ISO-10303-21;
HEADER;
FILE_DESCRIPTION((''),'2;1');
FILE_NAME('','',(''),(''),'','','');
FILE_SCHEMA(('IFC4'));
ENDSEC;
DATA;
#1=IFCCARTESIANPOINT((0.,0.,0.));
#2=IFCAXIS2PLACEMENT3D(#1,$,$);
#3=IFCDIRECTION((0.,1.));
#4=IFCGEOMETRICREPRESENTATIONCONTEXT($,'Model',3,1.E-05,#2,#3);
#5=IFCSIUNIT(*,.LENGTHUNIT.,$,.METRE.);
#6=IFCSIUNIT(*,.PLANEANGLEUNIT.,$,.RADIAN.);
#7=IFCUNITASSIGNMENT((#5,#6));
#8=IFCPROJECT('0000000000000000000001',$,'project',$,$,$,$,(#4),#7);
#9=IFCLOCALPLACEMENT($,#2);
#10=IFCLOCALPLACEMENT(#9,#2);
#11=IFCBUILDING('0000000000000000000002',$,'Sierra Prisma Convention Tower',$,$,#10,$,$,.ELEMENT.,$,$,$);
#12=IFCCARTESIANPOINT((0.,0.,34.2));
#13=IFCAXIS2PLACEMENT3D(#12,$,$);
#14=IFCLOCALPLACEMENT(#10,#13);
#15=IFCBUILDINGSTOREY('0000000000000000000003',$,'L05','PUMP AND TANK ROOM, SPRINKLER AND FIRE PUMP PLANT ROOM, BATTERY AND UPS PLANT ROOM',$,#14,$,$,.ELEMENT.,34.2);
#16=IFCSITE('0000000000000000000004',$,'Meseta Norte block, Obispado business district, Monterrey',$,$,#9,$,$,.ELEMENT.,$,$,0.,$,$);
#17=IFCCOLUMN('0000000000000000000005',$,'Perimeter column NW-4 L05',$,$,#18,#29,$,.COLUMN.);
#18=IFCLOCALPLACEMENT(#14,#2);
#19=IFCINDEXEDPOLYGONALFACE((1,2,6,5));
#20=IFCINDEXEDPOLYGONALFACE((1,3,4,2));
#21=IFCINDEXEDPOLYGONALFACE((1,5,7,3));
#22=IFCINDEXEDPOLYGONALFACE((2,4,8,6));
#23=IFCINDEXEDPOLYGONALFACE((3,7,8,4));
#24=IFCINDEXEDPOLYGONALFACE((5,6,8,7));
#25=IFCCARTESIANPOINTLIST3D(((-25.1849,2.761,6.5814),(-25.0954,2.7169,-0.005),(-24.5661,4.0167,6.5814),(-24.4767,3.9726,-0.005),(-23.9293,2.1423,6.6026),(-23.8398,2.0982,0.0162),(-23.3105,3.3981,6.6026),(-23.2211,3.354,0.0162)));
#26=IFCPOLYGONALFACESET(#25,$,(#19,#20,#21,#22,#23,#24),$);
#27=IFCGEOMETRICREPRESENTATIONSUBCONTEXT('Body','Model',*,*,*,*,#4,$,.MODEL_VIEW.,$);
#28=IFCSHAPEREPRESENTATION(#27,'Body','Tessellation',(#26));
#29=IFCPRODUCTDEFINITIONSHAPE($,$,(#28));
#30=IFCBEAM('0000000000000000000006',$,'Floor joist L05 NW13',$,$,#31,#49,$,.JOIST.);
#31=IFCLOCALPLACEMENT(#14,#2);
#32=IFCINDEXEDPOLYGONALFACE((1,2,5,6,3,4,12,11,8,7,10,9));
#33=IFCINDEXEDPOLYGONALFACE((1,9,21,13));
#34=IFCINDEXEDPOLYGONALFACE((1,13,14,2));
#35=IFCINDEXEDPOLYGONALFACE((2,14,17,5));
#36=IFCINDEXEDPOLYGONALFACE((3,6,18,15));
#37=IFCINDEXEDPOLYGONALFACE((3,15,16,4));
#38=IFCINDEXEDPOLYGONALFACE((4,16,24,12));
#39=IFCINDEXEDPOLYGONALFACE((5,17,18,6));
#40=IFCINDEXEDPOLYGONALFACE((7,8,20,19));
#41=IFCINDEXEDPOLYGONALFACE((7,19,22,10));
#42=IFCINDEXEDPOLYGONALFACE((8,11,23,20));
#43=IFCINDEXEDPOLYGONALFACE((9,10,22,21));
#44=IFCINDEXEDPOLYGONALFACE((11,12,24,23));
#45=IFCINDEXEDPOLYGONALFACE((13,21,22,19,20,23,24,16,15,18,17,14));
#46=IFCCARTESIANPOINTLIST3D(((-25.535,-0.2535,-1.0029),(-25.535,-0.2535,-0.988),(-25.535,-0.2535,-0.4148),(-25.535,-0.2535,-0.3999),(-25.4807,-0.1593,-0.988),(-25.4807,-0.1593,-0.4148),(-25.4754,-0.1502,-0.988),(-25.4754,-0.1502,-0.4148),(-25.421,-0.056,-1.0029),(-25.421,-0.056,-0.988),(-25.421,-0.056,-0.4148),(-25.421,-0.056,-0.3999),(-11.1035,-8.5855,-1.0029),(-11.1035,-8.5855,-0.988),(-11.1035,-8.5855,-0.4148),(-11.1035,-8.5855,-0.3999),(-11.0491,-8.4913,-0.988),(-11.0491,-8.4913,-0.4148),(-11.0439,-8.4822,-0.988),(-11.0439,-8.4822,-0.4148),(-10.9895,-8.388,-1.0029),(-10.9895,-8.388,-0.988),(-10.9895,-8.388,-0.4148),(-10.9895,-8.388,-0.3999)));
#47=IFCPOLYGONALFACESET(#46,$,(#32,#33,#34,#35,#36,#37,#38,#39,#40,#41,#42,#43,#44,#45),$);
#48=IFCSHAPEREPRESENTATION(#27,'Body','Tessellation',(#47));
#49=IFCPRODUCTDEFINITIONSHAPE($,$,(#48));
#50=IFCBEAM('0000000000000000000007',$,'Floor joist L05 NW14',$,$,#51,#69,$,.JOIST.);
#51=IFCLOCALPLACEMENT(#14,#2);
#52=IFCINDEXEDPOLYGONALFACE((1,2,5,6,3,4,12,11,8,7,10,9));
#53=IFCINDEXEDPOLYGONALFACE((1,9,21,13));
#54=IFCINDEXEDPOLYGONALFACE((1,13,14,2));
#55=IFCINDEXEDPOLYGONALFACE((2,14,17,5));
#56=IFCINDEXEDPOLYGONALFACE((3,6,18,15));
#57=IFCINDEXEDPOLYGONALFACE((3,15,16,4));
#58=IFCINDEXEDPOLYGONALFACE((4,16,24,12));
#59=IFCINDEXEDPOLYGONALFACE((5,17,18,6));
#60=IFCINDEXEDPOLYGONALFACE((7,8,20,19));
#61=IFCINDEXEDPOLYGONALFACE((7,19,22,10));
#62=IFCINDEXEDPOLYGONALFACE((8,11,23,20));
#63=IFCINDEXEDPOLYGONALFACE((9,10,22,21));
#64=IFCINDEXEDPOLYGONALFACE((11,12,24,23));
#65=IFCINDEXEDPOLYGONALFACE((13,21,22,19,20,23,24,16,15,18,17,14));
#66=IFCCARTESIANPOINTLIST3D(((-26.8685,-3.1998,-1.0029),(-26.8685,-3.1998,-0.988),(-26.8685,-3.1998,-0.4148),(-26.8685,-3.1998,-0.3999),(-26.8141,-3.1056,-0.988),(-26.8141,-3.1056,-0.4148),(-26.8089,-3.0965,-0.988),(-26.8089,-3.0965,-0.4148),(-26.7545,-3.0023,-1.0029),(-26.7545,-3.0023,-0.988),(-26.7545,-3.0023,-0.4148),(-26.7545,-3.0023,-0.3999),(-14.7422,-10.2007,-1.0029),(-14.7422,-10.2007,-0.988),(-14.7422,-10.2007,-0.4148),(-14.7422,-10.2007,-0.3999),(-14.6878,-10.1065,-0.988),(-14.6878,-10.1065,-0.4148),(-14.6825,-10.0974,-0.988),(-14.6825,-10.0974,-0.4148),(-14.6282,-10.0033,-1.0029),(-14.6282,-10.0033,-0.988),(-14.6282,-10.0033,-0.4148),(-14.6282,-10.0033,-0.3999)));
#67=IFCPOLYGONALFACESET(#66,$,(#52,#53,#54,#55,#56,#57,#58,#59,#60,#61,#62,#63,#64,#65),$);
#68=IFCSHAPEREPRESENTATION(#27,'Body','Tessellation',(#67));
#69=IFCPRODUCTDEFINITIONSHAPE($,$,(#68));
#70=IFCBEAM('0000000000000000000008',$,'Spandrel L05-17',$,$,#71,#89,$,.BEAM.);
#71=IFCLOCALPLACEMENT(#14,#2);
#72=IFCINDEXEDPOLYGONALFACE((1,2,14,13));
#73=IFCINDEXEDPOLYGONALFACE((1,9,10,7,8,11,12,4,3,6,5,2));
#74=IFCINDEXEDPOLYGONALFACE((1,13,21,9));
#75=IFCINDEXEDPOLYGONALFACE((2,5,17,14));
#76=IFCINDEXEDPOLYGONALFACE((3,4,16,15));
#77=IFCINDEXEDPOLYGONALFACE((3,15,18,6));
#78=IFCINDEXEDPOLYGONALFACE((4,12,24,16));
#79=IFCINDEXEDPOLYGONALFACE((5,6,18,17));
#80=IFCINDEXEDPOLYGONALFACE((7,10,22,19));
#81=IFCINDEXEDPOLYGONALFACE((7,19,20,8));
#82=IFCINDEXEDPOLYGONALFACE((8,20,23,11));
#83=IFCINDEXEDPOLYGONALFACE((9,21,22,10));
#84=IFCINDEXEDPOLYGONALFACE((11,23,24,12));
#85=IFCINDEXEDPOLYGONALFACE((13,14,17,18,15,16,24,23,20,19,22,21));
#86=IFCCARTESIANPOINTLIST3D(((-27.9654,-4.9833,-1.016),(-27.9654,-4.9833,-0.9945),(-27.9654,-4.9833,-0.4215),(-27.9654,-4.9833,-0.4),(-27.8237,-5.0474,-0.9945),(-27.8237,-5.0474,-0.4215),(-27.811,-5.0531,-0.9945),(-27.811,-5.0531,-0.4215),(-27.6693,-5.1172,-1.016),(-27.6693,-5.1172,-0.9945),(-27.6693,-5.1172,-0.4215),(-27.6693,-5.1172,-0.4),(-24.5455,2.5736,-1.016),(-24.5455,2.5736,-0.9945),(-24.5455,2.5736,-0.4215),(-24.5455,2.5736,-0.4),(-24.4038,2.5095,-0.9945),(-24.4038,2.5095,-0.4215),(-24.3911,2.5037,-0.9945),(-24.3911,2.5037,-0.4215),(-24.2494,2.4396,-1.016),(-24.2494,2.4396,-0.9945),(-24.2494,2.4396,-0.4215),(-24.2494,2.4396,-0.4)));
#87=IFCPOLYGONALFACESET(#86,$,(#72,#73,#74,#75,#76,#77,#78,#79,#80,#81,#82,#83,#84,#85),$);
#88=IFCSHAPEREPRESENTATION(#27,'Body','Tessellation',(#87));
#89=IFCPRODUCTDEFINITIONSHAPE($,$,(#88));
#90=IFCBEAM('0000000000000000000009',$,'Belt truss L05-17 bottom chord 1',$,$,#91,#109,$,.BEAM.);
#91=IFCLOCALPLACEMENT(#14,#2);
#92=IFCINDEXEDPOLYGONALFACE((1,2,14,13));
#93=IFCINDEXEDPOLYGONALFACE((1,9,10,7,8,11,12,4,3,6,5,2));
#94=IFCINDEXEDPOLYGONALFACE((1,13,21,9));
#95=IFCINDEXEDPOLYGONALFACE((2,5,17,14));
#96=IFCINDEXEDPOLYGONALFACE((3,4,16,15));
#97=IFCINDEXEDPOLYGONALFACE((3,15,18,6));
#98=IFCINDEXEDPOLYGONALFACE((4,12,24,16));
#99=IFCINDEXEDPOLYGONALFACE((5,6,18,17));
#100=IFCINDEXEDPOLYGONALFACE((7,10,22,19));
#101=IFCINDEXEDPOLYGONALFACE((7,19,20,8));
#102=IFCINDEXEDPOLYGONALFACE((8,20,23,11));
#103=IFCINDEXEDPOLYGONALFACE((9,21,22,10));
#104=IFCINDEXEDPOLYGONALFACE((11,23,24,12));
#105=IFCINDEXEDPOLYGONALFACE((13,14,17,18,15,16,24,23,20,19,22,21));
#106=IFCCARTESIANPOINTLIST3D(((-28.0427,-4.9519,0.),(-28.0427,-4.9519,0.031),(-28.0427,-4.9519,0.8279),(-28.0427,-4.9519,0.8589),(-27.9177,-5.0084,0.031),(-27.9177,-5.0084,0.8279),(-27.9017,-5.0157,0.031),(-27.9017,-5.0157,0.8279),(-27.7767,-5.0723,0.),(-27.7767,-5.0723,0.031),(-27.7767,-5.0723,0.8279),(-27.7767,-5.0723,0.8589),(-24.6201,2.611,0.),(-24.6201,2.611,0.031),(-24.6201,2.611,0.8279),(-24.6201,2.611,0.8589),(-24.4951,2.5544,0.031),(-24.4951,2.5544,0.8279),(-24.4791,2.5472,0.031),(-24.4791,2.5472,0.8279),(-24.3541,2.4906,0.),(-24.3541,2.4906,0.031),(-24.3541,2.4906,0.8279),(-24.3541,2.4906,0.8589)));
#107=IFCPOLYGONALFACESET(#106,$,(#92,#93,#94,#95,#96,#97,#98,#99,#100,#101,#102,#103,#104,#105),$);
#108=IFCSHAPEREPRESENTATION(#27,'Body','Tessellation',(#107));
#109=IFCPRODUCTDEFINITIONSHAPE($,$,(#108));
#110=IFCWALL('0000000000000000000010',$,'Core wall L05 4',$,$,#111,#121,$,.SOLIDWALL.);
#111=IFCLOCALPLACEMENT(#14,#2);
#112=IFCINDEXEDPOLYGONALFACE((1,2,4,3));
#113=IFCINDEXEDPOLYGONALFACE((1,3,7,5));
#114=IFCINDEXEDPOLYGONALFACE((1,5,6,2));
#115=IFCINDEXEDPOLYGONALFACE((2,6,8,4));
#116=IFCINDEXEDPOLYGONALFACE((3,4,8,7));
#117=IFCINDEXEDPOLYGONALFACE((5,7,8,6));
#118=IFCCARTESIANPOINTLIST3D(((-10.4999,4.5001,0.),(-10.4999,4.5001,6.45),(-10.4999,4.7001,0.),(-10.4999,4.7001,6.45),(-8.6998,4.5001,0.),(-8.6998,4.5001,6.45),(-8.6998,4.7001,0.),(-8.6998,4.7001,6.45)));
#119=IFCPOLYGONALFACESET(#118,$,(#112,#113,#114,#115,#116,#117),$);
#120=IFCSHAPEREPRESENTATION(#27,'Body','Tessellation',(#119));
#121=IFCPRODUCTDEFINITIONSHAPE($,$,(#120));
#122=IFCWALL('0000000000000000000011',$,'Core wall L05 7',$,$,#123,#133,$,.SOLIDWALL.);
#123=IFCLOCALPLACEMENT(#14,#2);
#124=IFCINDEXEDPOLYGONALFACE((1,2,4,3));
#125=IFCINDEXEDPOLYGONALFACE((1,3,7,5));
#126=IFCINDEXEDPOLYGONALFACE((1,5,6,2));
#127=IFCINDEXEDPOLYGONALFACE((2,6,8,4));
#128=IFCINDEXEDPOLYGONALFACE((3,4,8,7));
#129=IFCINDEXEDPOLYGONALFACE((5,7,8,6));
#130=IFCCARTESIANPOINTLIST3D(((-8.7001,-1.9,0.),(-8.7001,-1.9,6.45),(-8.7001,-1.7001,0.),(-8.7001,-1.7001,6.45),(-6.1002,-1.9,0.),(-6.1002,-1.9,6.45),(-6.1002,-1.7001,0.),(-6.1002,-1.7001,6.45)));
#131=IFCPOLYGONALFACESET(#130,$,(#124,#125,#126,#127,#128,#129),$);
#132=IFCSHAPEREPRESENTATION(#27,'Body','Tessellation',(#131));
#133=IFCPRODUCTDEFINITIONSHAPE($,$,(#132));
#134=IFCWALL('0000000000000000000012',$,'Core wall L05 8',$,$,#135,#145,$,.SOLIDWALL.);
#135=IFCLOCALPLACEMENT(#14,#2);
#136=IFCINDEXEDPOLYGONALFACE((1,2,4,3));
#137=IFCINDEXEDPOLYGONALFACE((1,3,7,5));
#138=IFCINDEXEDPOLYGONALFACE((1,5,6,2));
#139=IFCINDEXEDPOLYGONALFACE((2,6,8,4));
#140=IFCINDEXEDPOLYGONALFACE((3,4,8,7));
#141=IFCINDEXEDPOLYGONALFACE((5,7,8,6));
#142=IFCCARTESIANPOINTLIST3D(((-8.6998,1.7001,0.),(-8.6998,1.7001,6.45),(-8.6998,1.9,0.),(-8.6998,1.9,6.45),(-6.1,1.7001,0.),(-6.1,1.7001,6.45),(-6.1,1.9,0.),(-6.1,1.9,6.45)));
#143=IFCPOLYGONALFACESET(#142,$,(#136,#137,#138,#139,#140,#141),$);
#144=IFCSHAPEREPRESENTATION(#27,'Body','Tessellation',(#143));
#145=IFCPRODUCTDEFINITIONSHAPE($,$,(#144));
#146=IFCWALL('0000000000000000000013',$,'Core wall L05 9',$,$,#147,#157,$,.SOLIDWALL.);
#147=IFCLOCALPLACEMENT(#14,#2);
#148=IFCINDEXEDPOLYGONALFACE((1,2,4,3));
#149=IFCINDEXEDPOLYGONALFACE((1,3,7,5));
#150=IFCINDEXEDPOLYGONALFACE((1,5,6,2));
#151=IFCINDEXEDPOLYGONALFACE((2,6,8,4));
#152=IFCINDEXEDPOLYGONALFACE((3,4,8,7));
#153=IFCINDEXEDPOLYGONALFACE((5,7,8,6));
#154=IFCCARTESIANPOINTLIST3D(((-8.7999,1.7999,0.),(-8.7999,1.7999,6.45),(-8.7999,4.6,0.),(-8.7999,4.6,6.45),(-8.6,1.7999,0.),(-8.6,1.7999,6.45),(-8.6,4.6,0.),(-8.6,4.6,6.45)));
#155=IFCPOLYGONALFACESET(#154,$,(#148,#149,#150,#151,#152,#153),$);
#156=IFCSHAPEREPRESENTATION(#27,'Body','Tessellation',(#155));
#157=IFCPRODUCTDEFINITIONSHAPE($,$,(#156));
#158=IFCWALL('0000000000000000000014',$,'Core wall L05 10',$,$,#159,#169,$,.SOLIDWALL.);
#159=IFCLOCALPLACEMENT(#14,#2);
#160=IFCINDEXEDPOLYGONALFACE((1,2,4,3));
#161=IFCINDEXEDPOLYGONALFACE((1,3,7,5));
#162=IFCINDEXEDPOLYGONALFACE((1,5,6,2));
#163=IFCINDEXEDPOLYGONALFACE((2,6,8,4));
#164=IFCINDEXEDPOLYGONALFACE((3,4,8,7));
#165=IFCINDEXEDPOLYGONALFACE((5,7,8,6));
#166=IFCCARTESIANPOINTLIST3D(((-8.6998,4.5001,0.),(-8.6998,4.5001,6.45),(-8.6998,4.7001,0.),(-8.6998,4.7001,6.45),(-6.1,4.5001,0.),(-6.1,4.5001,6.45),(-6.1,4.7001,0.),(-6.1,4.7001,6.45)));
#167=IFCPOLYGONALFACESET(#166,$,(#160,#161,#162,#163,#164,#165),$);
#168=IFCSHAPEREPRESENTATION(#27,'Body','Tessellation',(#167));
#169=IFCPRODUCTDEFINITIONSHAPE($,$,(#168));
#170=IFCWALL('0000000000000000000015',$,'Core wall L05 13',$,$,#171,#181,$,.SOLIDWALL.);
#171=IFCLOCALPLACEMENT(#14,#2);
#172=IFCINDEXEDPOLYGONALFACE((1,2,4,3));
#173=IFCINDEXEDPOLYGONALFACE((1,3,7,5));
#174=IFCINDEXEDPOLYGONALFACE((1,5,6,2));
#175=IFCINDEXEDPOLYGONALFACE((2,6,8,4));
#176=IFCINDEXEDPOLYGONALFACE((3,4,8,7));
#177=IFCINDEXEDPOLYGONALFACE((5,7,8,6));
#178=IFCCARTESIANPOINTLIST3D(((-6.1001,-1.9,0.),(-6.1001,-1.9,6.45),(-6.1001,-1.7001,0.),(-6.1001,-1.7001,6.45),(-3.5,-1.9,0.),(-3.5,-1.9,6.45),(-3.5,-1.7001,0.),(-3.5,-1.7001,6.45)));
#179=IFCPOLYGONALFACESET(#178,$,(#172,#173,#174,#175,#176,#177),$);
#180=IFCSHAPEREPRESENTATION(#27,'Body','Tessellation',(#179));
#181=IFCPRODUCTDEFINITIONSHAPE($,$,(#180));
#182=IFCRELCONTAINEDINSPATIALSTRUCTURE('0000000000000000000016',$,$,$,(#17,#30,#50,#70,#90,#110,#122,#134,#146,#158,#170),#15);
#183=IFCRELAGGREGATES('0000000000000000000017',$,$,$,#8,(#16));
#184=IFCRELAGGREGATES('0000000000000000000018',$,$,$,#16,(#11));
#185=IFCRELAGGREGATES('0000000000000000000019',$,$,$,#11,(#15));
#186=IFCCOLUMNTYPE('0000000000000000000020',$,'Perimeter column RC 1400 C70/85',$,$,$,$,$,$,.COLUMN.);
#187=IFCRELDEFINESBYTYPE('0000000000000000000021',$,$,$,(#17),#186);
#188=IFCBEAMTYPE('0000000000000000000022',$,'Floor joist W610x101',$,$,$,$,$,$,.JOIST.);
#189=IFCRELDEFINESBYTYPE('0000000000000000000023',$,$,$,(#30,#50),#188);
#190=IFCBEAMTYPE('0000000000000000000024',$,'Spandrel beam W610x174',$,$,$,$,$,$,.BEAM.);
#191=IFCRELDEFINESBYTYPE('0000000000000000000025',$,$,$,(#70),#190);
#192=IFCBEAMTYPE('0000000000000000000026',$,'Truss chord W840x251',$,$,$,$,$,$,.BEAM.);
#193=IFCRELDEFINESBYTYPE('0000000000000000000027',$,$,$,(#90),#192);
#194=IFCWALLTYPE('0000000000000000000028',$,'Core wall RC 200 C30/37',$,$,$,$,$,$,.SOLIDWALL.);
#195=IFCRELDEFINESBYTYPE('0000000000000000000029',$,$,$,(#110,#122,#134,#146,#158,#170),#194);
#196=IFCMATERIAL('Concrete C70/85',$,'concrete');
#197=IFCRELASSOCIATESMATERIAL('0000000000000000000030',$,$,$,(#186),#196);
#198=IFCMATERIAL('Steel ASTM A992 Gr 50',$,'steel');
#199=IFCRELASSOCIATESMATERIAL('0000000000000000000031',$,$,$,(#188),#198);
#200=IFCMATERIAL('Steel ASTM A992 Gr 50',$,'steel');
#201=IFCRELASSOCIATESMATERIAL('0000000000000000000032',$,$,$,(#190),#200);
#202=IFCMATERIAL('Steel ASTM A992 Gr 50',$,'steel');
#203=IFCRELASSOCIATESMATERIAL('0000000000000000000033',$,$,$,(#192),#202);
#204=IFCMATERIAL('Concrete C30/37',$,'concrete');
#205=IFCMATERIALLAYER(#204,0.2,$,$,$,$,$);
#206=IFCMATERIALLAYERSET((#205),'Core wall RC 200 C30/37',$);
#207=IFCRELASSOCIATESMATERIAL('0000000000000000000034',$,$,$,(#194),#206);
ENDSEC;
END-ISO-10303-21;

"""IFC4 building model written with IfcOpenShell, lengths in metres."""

from ifc_helpers import new_model, si_unit, direction, frame, frame_2d, origin, origin_2d, place, context, subcontext, project, spatial, rectangle, i_section, extrude, clip, halfspace, material, layer, layer_set, material_profile, profile_set, type_object, element, save


model = new_model("IFC4")

# Units and contexts
model_context = context("Model", 3, precision=1e-05, world=origin(), true_north=direction((0.0, 1.0)))
body_context = subcontext(model_context, "Body", "Model", "MODEL_VIEW")
ifc_project = project(units=[si_unit("LENGTHUNIT", "METRE"), si_unit("PLANEANGLEUNIT", "RADIAN")], contexts=[model_context])

# Site, building, storey
site_placement = place(None, origin())
site = spatial("IfcSite", under=ifc_project, at=site_placement, Name="Meseta Norte block, Obispado business district, Monterrey", CompositionType="ELEMENT", RefElevation=0.0)
building_placement = place(site_placement, origin())
building = spatial("IfcBuilding", under=site, at=building_placement, Name="Sierra Prisma Convention Tower", CompositionType="ELEMENT")
storey_placement = place(building_placement, frame((0.0, 0.0, 34.2)))
storey = spatial("IfcBuildingStorey", under=building, at=storey_placement, Name="L05", Description="PUMP AND TANK ROOM, SPRINKLER AND FIRE PUMP PLANT ROOM, BATTERY AND UPS PLANT ROOM", CompositionType="ELEMENT", Elevation=34.2)

# Column
ifc_material_1 = material(Name="Concrete C70/85", Category="concrete")
ifc_material_profile_1 = material_profile(ifc_material_1, rectangle(XDim=1.3999, YDim=1.3999, at=origin_2d()), Name="Perimeter column RC 1400 C70/85")
ifc_profile_set_1 = profile_set([ifc_material_profile_1], Name="Concrete C70/85")
column_type = type_object("IfcColumnType", Name="Perimeter column RC 1400 C70/85", PredefinedType="COLUMN", material=ifc_profile_set_1)
column_placement = place(storey_placement, frame((-24.1582, 3.0354, 0.0), z_axis=(-0.013574, 0.006695, 0.999885), x_axis=(0.441982, 0.897024, -0.000006)))
element("IfcColumn", 1, at=column_placement, inside=storey, type_object=column_type, Name="Perimeter column NW-4 L05", PredefinedType="COLUMN", context=body_context, shape_type="SweptSolid", body=[
    clip(clip(extrude(rectangle(XDim=1.3999, YDim=1.3999, at=origin_2d()), origin(), (0.0, 0.0, 1.0), 6.6008), halfspace(frame((0.0, 0.0, 0.0056)), True)), halfspace(frame((0.0, 0.0, 6.5928)), False)),
])

# Beams
ifc_material_2 = material(Name="Steel ASTM A992 Gr 50", Category="steel")
ifc_material_profile_2 = material_profile(ifc_material_2, i_section(OverallWidth=0.228, OverallDepth=0.603, WebThickness=0.0105, FlangeThickness=0.0149, at=origin_2d()), Name="W610x101")
ifc_profile_set_2 = profile_set([ifc_material_profile_2], Name="Steel ASTM A992 Gr 50")
beam_type_1 = type_object("IfcBeamType", Name="Floor joist W610x101", PredefinedType="JOIST", material=ifc_profile_set_2)
beam_1_placement = place(storey_placement, frame((-25.478, -0.1548, -0.7014), z_axis=(0.866027, -0.499996, 0.0), x_axis=(0.499996, 0.866027, 0.0)))
element("IfcBeam", 2, at=beam_1_placement, inside=storey, type_object=beam_type_1, Name="Floor joist L05 NW13", PredefinedType="JOIST", context=body_context, shape_type="SweptSolid", body=[
    extrude(i_section(OverallWidth=0.228, OverallDepth=0.603, WebThickness=0.0105, FlangeThickness=0.0149, at=origin_2d()), origin(), (0.0, 0.0, 1.0), 16.6641),
])
beam_2_placement = place(storey_placement, frame((-26.8115, -3.1011, -0.7014), z_axis=(0.866033, -0.499987, 0.0), x_axis=(0.499987, 0.866033, 0.0)))
element("IfcBeam", 3, at=beam_2_placement, inside=storey, type_object=beam_type_1, Name="Floor joist L05 NW14", PredefinedType="JOIST", context=body_context, shape_type="SweptSolid", body=[
    extrude(i_section(OverallWidth=0.228, OverallDepth=0.603, WebThickness=0.0105, FlangeThickness=0.0149, at=origin_2d()), origin(), (0.0, 0.0, 1.0), 14.0022),
])
ifc_material_3 = material(Name="Steel ASTM A992 Gr 50", Category="steel")
ifc_material_profile_3 = material_profile(ifc_material_3, i_section(OverallWidth=0.325, OverallDepth=0.616, WebThickness=0.0139, FlangeThickness=0.0215, at=origin_2d()), Name="W610x174")
ifc_profile_set_3 = profile_set([ifc_material_profile_3], Name="Steel ASTM A992 Gr 50")
beam_type_2 = type_object("IfcBeamType", Name="Spandrel beam W610x174", PredefinedType="BEAM", material=ifc_profile_set_3)
beam_3_placement = place(storey_placement, frame((-24.3975, 2.5066, -0.708), z_axis=(-0.412301, -0.911048, 0.0), x_axis=(0.911048, -0.412301, 0.0)))
element("IfcBeam", 4, at=beam_3_placement, inside=storey, type_object=beam_type_2, Name="Spandrel L05-17", PredefinedType="BEAM", context=body_context, shape_type="SweptSolid", body=[
    extrude(i_section(OverallWidth=0.325, OverallDepth=0.616, WebThickness=0.0139, FlangeThickness=0.0215, at=origin_2d()), origin(), (0.0, 0.0, 1.0), 8.2947),
])
ifc_material_4 = material(Name="Steel ASTM A992 Gr 50", Category="steel")
ifc_material_profile_4 = material_profile(ifc_material_4, i_section(OverallWidth=0.292, OverallDepth=0.8589, WebThickness=0.0176, FlangeThickness=0.031, at=origin_2d()), Name="W840x251")
ifc_profile_set_4 = profile_set([ifc_material_profile_4], Name="Steel ASTM A992 Gr 50")
beam_type_3 = type_object("IfcBeamType", Name="Truss chord W840x251", PredefinedType="BEAM", material=ifc_profile_set_4)
beam_4_placement = place(storey_placement, frame((-24.4871, 2.5508, 0.4294), z_axis=(-0.412304, -0.911046, 0.0), x_axis=(0.911046, -0.412304, 0.0)))
element("IfcBeam", 5, at=beam_4_placement, inside=storey, type_object=beam_type_3, Name="Belt truss L05-17 bottom chord 1", PredefinedType="BEAM", context=body_context, shape_type="SweptSolid", body=[
    extrude(i_section(OverallWidth=0.292, OverallDepth=0.8589, WebThickness=0.0176, FlangeThickness=0.031, at=origin_2d()), origin(), (0.0, 0.0, 1.0), 8.3013),
])

# Shared definitions
ifc_material_5 = material(Name="Concrete C30/37", Category="concrete")
ifc_layer_1 = layer(ifc_material_5, 0.2)
ifc_layer_set_1 = layer_set([ifc_layer_1], Name="Core wall RC 200 C30/37")
wall_type_1 = type_object("IfcWallType", Name="Core wall RC 200 C30/37", PredefinedType="SOLIDWALL", material=ifc_layer_set_1)

# Walls
wall_1_placement = place(storey_placement, frame((-8.7, 4.6001, 0.0), z_axis=(0.0, 0.0, 1.0), x_axis=(-1.0, 0.0, 0.0)))
element("IfcWall", 6, at=wall_1_placement, inside=storey, type_object=wall_type_1, Name="Core wall L05 4", PredefinedType="SOLIDWALL", context=body_context, shape_type="SweptSolid", body=[
    extrude(rectangle(XDim=1.8, YDim=0.2, at=frame_2d((0.8999, 0.0))), origin(), (0.0, 0.0, 1.0), 6.45),
])
for number, where, z_axis, x_axis, name in (
    (7, (-8.7, -1.8, 0.0), (0.0, 0.0, 1.0), (1.0, 0.0, 0.0), "Core wall L05 7"),
    (8, (-6.1001, 1.8, 0.0), (0.0, 0.0, 1.0), (-1.0, 0.0, 0.0), "Core wall L05 8"),
):
    element("IfcWall", number, at=place(storey_placement, frame(where, z_axis=z_axis, x_axis=x_axis)), inside=storey, type_object=wall_type_1, Name=name, PredefinedType="SOLIDWALL", context=body_context, shape_type="SweptSolid", body=[
        extrude(rectangle(XDim=2.5999, YDim=0.2, at=frame_2d((1.2998, 0.0))), origin(), (0.0, 0.0, 1.0), 6.45),
    ])
wall_2_placement = place(storey_placement, frame((-8.7, 1.8, 0.0), z_axis=(0.0, 0.0, 1.0), x_axis=(0.0, 1.0, 0.0)))
element("IfcWall", 9, at=wall_2_placement, inside=storey, type_object=wall_type_1, Name="Core wall L05 9", PredefinedType="SOLIDWALL", context=body_context, shape_type="SweptSolid", body=[
    extrude(rectangle(XDim=2.8, YDim=0.2, at=frame_2d((1.3999, 0.0))), origin(), (0.0, 0.0, 1.0), 6.45),
])
wall_3_placement = place(storey_placement, frame((-6.1001, 4.6001, 0.0), z_axis=(0.0, 0.0, 1.0), x_axis=(-1.0, 0.0, 0.0)))
element("IfcWall", 10, at=wall_3_placement, inside=storey, type_object=wall_type_1, Name="Core wall L05 10", PredefinedType="SOLIDWALL", context=body_context, shape_type="SweptSolid", body=[
    extrude(rectangle(XDim=2.5999, YDim=0.2, at=frame_2d((1.2998, 0.0))), origin(), (0.0, 0.0, 1.0), 6.45),
])
wall_4_placement = place(storey_placement, frame((-6.1001, -1.8, 0.0), z_axis=(0.0, 0.0, 1.0), x_axis=(1.0, 0.0, 0.0)))
element("IfcWall", 11, at=wall_4_placement, inside=storey, type_object=wall_type_1, Name="Core wall L05 13", PredefinedType="SOLIDWALL", context=body_context, shape_type="SweptSolid", body=[
    extrude(rectangle(XDim=2.6001, YDim=0.2, at=frame_2d((1.3, 0.0))), origin(), (0.0, 0.0, 1.0), 6.45),
])

save(model, "model.ifc")
